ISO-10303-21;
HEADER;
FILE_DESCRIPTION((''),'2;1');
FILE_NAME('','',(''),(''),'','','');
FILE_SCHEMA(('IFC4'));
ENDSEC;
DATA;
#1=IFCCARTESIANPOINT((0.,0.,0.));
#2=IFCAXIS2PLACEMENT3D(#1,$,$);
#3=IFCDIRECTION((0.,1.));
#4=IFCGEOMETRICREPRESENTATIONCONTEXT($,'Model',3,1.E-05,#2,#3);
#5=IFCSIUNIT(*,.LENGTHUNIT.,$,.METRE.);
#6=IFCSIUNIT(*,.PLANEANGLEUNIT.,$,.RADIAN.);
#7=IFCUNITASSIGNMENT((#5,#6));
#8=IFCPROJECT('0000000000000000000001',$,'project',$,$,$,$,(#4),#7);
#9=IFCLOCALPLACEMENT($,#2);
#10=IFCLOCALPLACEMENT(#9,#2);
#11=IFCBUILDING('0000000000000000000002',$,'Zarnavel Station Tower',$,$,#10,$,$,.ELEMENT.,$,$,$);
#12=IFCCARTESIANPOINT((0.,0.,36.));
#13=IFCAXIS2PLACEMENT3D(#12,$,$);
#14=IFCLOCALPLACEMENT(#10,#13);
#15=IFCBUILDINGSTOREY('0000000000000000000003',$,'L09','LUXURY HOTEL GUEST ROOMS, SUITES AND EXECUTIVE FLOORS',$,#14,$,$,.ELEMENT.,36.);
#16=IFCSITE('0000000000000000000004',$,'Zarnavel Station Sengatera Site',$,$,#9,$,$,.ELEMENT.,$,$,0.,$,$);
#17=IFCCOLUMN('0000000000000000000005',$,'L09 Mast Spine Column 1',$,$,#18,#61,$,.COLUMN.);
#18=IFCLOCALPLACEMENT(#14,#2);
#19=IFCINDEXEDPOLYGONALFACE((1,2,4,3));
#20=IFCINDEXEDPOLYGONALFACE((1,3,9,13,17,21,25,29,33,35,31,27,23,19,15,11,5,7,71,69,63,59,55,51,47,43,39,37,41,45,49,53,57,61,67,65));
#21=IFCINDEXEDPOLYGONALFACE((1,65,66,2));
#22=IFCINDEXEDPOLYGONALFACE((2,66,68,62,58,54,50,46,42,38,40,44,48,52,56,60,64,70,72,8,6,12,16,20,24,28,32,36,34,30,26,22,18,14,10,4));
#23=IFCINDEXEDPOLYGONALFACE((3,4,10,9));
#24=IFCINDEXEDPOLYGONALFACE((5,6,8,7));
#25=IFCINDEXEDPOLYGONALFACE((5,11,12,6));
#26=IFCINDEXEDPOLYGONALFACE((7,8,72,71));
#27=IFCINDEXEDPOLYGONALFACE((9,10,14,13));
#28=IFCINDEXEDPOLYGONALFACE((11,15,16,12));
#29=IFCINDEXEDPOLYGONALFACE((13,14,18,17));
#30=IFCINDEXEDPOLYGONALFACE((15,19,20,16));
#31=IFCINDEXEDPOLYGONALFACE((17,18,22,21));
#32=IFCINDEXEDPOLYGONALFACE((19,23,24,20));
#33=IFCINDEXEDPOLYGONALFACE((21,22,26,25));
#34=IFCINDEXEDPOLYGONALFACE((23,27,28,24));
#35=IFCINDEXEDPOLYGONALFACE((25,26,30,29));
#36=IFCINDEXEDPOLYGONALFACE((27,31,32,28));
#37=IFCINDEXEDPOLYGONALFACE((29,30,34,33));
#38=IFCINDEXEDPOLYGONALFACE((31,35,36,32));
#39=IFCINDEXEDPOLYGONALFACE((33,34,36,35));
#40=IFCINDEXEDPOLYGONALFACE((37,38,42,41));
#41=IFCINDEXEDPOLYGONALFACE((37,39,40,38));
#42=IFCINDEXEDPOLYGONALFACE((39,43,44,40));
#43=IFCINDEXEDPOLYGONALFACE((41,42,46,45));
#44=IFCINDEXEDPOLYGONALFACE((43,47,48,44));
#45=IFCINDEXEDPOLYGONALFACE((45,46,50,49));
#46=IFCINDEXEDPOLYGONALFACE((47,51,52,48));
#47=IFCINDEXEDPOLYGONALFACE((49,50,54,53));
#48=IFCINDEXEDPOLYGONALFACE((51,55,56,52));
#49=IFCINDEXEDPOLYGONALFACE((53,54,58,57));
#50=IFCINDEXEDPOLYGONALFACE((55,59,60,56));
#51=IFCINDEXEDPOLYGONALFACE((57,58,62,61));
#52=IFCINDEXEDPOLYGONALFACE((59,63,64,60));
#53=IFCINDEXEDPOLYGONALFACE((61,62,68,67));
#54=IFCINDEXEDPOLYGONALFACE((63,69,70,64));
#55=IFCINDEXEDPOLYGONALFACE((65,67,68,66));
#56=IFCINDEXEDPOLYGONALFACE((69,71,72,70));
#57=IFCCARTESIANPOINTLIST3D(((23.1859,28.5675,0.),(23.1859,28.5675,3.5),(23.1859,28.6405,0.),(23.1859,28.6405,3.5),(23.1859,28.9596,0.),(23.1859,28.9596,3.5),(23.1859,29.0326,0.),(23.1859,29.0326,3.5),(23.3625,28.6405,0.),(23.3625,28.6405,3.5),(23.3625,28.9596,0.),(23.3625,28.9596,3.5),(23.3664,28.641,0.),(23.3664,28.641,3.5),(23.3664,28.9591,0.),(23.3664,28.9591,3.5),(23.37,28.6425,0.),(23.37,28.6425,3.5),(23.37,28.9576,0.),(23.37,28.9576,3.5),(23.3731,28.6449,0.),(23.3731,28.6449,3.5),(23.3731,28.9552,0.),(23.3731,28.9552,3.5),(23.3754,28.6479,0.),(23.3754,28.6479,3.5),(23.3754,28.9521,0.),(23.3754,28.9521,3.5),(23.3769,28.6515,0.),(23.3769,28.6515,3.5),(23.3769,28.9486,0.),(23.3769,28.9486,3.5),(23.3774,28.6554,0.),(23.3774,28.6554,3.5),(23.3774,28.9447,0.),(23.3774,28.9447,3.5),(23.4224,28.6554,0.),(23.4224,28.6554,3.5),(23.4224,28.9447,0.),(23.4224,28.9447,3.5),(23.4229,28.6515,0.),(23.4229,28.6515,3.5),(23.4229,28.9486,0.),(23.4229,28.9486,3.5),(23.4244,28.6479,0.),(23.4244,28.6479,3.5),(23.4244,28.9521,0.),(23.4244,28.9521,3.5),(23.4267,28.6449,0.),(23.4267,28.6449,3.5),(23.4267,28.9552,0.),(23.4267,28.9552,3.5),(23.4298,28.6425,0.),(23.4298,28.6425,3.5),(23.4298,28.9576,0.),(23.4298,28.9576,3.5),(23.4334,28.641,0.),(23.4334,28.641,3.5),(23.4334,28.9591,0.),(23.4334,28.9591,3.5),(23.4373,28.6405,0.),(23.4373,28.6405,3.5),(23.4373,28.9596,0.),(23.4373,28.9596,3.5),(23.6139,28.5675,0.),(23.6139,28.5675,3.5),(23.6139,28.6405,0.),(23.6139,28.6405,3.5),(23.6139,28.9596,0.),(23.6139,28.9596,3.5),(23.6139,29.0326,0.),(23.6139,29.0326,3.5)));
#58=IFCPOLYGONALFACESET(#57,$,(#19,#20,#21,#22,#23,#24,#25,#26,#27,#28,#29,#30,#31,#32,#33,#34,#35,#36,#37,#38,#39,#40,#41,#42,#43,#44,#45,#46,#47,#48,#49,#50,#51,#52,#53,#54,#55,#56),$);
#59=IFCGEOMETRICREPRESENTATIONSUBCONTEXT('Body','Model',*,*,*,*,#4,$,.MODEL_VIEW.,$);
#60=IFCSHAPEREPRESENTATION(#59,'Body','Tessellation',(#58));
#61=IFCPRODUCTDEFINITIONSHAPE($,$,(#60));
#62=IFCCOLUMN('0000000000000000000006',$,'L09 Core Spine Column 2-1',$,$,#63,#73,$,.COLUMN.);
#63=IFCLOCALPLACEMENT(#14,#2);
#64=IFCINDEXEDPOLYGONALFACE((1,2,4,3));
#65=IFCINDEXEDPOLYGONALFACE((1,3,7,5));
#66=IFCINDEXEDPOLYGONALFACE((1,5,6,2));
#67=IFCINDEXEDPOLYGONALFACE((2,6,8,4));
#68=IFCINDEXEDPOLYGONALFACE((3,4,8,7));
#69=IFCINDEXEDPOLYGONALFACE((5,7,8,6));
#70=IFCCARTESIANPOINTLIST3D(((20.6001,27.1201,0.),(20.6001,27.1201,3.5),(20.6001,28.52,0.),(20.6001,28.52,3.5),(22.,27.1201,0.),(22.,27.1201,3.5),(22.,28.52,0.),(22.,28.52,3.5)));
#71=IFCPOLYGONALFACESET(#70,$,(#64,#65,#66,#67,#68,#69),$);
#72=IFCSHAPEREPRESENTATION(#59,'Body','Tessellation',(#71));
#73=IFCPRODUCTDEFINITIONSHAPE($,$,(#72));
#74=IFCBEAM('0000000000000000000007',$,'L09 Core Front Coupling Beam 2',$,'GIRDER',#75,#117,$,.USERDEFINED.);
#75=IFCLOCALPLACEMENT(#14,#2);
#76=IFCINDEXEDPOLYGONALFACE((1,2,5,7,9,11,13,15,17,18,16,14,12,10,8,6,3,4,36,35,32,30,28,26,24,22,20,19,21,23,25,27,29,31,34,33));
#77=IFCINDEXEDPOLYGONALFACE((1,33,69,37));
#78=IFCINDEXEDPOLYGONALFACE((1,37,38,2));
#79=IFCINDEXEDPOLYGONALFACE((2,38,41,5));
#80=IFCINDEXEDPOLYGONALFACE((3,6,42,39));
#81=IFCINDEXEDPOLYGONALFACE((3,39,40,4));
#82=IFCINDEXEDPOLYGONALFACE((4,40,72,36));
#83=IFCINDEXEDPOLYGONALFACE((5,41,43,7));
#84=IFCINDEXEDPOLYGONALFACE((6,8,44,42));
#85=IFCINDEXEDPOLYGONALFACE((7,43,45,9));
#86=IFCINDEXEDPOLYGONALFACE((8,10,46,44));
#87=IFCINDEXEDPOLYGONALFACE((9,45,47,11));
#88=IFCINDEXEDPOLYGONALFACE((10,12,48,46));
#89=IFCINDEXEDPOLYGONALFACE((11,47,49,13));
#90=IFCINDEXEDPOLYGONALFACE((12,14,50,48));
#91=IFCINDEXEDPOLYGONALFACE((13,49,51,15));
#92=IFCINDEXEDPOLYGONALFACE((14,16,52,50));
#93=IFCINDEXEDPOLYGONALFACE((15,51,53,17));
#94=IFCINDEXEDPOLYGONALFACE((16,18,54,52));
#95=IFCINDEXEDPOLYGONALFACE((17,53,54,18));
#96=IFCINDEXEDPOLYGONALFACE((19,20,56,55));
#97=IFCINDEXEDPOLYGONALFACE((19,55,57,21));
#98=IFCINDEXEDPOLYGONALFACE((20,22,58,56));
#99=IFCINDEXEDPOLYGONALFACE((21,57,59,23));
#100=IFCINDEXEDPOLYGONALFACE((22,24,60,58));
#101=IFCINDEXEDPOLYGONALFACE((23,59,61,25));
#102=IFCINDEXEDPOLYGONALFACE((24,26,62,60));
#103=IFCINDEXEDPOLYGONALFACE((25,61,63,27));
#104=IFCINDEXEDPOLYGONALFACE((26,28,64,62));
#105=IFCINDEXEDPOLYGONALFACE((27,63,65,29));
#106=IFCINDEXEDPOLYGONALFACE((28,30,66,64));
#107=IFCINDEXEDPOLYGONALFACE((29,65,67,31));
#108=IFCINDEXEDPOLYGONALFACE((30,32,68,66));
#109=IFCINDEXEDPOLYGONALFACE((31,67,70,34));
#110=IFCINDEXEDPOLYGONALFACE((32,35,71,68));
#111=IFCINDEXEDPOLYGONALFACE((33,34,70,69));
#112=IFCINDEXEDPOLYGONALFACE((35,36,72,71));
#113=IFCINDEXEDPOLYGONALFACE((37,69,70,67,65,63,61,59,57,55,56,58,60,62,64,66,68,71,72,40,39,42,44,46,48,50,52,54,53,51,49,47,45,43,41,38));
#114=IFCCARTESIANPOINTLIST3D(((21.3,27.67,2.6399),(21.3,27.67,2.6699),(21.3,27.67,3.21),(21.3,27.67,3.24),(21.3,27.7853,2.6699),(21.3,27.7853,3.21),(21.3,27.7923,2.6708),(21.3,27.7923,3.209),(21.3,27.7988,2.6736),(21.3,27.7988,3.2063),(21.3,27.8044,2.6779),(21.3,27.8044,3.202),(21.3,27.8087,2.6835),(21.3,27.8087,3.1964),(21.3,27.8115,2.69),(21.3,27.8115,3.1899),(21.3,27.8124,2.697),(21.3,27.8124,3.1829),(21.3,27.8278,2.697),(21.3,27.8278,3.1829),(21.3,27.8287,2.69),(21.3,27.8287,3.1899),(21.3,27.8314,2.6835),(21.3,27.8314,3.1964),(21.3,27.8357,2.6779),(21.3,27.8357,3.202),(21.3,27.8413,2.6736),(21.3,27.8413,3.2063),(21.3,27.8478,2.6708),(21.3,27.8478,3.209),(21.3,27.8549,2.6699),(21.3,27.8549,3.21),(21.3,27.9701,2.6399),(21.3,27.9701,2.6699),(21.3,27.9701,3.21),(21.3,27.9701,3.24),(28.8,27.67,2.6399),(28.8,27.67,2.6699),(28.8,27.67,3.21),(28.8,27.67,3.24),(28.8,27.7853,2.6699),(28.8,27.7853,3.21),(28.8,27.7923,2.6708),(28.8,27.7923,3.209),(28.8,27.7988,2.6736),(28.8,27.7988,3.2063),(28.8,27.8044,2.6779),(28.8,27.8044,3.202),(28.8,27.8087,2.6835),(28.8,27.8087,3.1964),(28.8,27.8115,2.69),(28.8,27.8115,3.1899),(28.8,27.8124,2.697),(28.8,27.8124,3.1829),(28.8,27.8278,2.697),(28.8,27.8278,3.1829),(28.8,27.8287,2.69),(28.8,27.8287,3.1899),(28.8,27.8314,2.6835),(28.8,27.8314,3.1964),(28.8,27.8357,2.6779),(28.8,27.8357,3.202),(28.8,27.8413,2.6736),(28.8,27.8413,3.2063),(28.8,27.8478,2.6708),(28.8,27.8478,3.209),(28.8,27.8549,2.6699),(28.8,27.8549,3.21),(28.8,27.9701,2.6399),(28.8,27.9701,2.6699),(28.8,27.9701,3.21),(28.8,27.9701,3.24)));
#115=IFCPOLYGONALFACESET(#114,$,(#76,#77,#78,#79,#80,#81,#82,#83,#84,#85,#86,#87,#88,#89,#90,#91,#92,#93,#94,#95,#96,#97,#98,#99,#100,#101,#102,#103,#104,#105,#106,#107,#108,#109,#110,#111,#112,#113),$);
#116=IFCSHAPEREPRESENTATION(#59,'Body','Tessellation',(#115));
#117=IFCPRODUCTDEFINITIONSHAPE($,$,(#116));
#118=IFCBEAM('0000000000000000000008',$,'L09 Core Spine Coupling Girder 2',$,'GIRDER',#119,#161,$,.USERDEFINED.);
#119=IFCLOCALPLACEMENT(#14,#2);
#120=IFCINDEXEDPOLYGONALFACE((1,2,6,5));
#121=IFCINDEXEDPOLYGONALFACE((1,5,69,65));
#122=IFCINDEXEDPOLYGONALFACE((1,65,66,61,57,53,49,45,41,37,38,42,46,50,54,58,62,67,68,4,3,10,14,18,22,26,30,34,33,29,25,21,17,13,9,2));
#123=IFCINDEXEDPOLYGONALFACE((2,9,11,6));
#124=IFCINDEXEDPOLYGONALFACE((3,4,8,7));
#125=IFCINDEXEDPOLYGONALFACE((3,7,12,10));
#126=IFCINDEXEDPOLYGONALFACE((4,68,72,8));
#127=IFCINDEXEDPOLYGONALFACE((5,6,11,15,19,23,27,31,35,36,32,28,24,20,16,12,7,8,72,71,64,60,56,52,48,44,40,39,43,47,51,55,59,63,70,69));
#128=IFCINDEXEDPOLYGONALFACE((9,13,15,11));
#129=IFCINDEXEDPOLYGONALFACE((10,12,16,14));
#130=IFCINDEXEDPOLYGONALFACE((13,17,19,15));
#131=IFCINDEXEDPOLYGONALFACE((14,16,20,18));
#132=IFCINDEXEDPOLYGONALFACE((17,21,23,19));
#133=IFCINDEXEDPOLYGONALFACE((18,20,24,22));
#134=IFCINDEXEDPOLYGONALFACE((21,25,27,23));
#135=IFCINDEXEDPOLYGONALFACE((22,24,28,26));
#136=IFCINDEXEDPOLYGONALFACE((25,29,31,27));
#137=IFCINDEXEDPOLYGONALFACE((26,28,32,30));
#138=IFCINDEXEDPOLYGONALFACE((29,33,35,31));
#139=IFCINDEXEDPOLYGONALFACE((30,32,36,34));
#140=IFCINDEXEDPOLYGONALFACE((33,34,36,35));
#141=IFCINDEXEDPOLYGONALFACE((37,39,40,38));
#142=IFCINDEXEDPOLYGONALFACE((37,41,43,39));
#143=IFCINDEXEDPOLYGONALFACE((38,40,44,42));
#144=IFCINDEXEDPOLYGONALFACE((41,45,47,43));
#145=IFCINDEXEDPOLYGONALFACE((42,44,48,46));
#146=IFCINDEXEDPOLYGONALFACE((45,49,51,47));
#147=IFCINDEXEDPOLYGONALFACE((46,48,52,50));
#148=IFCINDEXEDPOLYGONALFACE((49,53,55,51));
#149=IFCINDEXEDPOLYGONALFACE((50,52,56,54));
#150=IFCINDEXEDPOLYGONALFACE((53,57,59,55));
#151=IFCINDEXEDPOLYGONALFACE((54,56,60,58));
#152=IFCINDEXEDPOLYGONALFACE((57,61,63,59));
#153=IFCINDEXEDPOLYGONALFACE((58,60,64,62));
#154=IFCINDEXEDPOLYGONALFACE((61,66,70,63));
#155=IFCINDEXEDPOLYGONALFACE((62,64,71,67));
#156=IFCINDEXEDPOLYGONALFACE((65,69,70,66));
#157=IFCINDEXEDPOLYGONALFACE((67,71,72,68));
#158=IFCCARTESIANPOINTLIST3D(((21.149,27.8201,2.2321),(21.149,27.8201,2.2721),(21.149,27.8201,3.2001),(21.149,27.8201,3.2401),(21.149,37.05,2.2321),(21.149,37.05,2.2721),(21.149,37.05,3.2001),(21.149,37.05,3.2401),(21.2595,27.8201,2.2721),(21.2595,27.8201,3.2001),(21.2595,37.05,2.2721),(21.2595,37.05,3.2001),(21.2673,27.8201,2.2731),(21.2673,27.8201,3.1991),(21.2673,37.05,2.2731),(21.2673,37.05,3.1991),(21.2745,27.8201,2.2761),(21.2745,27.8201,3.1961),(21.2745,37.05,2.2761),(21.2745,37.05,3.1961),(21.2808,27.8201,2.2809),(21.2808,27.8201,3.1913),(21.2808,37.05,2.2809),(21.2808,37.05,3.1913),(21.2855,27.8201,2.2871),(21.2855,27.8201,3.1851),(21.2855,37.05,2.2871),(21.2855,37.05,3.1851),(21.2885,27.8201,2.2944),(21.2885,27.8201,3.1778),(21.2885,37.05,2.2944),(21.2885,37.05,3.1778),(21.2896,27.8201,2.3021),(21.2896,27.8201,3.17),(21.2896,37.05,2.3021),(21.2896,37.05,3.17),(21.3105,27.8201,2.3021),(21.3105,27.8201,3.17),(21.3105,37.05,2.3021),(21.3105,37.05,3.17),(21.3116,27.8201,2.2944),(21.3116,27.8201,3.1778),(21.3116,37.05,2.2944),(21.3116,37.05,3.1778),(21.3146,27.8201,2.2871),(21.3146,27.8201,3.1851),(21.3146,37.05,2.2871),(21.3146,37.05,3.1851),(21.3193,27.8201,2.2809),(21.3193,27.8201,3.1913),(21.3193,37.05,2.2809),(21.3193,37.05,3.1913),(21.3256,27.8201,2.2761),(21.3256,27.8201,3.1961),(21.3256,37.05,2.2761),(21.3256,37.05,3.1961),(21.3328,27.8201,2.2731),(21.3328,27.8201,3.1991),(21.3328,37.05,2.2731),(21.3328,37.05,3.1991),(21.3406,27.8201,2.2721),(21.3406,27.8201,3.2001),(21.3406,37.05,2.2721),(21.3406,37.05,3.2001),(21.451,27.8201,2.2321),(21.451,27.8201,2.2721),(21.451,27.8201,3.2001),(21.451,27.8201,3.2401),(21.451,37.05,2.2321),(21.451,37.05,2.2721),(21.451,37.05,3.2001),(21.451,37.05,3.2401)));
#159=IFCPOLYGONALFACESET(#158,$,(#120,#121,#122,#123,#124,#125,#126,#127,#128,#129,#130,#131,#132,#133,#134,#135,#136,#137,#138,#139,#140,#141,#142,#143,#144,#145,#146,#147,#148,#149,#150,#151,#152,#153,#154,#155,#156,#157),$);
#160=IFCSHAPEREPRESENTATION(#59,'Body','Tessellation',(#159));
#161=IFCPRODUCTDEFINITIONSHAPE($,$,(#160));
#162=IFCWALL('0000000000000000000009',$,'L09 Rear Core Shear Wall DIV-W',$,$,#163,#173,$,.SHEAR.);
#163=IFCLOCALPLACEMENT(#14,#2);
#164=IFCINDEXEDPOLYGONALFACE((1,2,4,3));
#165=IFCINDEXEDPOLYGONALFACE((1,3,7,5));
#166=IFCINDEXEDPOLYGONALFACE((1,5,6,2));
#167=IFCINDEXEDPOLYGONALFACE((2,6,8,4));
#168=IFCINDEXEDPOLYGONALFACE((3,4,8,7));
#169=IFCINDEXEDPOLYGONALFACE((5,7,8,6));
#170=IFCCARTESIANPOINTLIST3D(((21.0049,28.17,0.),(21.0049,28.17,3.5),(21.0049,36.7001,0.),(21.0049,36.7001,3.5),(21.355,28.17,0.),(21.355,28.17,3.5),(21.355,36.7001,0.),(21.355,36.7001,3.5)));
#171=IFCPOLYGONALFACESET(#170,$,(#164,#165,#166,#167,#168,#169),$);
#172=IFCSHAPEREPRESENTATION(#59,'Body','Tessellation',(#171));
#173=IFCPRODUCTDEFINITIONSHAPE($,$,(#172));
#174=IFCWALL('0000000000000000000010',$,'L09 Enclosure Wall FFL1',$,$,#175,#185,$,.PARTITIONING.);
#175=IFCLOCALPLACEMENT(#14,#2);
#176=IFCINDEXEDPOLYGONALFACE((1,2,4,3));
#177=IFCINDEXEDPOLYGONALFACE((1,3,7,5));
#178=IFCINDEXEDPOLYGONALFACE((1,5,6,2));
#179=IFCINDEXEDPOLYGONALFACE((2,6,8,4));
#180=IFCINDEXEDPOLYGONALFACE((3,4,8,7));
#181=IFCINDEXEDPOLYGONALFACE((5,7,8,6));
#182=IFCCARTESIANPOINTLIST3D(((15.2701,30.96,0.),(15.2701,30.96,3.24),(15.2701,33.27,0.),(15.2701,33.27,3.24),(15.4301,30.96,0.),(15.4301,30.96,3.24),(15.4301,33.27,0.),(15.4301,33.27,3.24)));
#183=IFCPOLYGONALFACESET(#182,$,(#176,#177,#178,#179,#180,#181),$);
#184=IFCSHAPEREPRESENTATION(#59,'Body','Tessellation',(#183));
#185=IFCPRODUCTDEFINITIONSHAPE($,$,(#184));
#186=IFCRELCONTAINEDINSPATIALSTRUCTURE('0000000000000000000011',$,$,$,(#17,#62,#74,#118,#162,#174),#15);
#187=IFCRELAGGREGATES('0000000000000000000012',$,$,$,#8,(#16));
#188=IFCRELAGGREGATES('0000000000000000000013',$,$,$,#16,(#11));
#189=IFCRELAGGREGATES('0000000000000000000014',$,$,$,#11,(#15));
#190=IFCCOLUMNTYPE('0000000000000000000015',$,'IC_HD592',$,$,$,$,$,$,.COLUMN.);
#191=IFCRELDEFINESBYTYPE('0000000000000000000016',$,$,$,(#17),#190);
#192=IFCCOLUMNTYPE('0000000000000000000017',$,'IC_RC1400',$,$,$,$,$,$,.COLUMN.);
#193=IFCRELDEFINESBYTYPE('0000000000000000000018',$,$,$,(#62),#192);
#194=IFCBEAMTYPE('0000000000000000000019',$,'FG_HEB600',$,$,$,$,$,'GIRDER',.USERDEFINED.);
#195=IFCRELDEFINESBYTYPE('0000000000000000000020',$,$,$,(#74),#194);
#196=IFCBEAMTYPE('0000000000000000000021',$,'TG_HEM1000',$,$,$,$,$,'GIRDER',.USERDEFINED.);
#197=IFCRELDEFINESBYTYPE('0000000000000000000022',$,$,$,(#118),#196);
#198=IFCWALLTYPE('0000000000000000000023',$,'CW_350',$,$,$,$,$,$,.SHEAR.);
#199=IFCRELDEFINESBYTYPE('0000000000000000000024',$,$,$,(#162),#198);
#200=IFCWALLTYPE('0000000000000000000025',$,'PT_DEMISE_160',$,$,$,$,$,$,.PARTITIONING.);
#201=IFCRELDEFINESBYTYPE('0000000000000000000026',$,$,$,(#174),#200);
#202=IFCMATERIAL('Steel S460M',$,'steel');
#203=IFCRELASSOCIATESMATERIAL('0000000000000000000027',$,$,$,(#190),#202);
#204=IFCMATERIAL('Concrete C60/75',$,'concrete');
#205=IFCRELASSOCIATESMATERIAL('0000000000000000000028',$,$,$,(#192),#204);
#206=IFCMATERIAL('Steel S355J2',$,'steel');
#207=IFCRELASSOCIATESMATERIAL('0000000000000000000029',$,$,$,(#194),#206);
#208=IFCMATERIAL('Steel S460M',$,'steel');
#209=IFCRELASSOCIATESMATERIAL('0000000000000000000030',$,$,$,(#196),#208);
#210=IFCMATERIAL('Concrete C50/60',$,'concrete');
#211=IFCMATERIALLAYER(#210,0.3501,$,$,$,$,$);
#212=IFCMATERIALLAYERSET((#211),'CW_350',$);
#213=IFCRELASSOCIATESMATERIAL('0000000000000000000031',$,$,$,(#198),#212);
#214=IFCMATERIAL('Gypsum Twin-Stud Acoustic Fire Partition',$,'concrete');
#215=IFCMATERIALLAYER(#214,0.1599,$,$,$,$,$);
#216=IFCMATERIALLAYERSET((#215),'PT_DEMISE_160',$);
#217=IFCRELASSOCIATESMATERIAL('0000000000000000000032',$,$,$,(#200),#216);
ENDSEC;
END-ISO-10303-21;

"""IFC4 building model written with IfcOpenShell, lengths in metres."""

from ifc_helpers import new_model, si_unit, direction, frame, frame_2d, origin, origin_2d, place, context, subcontext, project, spatial, rectangle, i_section, extrude, material, layer, layer_set, material_profile, profile_set, type_object, element, save


model = new_model("IFC4")

# Units and contexts
model_context = context("Model", 3, precision=1e-05, world=origin(), true_north=direction((0.0, 1.0)))
body_context = subcontext(model_context, "Body", "Model", "MODEL_VIEW")
ifc_project = project(units=[si_unit("LENGTHUNIT", "METRE"), si_unit("PLANEANGLEUNIT", "RADIAN")], contexts=[model_context])

# Site, building, storey
site_placement = place(None, origin())
site = spatial("IfcSite", under=ifc_project, at=site_placement, Name="Zarnavel Station Sengatera Site", CompositionType="ELEMENT", RefElevation=0.0)
building_placement = place(site_placement, origin())
building = spatial("IfcBuilding", under=site, at=building_placement, Name="Zarnavel Station Tower", CompositionType="ELEMENT")
storey_placement = place(building_placement, frame((0.0, 0.0, 36.0)))
storey = spatial("IfcBuildingStorey", under=building, at=storey_placement, Name="L09", Description="LUXURY HOTEL GUEST ROOMS, SUITES AND EXECUTIVE FLOORS", CompositionType="ELEMENT", Elevation=36.0)

# Columns
ifc_material_1 = material(Name="Steel S460M", Category="steel")
ifc_material_profile_1 = material_profile(ifc_material_1, i_section(OverallWidth=0.428, OverallDepth=0.4651, WebThickness=0.0449, FlangeThickness=0.073, FilletRadius=0.0149, at=origin_2d()), Name="HD400x592")
ifc_profile_set_1 = profile_set([ifc_material_profile_1], Name="Steel S460M")
column_type_1 = type_object("IfcColumnType", Name="IC_HD592", PredefinedType="COLUMN", material=ifc_profile_set_1)
column_1_placement = place(storey_placement, frame((23.3999, 28.8, 0.0), z_axis=(0.0, 0.0, 1.0), x_axis=(1.0, 0.0, 0.0)))
element("IfcColumn", 1, at=column_1_placement, inside=storey, type_object=column_type_1, Name="L09 Mast Spine Column 1", PredefinedType="COLUMN", context=body_context, shape_type="SweptSolid", body=[
    extrude(i_section(OverallWidth=0.428, OverallDepth=0.4651, WebThickness=0.0449, FlangeThickness=0.073, FilletRadius=0.0149, at=origin_2d()), origin(), (0.0, 0.0, 1.0), 3.5),
])
ifc_material_2 = material(Name="Concrete C60/75", Category="concrete")
ifc_material_profile_2 = material_profile(ifc_material_2, rectangle(XDim=1.3999, YDim=1.3999, at=origin_2d()), Name="RC1400x1400")
ifc_profile_set_2 = profile_set([ifc_material_profile_2], Name="Concrete C60/75")
column_type_2 = type_object("IfcColumnType", Name="IC_RC1400", PredefinedType="COLUMN", material=ifc_profile_set_2)
column_2_placement = place(storey_placement, frame((21.3, 27.8201, 0.0), z_axis=(0.0, 0.0, 1.0), x_axis=(1.0, 0.0, 0.0)))
element("IfcColumn", 2, at=column_2_placement, inside=storey, type_object=column_type_2, Name="L09 Core Spine Column 2-1", PredefinedType="COLUMN", context=body_context, shape_type="SweptSolid", body=[
    extrude(rectangle(XDim=1.3999, YDim=1.3999, at=origin_2d()), origin(), (0.0, 0.0, 1.0), 3.5),
])

# Beams
ifc_material_3 = material(Name="Steel S355J2", Category="steel")
ifc_material_profile_3 = material_profile(ifc_material_3, i_section(OverallWidth=0.3, OverallDepth=0.6001, WebThickness=0.0154, FlangeThickness=0.03, FilletRadius=0.0271, at=origin_2d()), Name="HEB600")
ifc_profile_set_3 = profile_set([ifc_material_profile_3], Name="Steel S355J2")
beam_type_1 = type_object("IfcBeamType", Name="FG_HEB600", ElementType="GIRDER", PredefinedType="USERDEFINED", material=ifc_profile_set_3)
beam_1_placement = place(storey_placement, frame((21.3, 27.8201, 2.9399), z_axis=(1.0, 0.0, 0.0), x_axis=(0.0, 1.0, 0.0)))
element("IfcBeam", 3, at=beam_1_placement, inside=storey, type_object=beam_type_1, Name="L09 Core Front Coupling Beam 2", ObjectType="GIRDER", PredefinedType="USERDEFINED", context=body_context, shape_type="SweptSolid", body=[
    extrude(i_section(OverallWidth=0.3, OverallDepth=0.6001, WebThickness=0.0154, FlangeThickness=0.03, FilletRadius=0.0271, at=origin_2d()), origin(), (0.0, 0.0, 1.0), 7.5),
])
ifc_material_4 = material(Name="Steel S460M", Category="steel")
ifc_material_profile_4 = material_profile(ifc_material_4, i_section(OverallWidth=0.302, OverallDepth=1.0081, WebThickness=0.021, FlangeThickness=0.04, FilletRadius=0.03, at=origin_2d()), Name="HEM1000")
ifc_profile_set_4 = profile_set([ifc_material_profile_4], Name="Steel S460M")
beam_type_2 = type_object("IfcBeamType", Name="TG_HEM1000", ElementType="GIRDER", PredefinedType="USERDEFINED", material=ifc_profile_set_4)
beam_2_placement = place(storey_placement, frame((21.3, 27.8201, 2.7361), z_axis=(0.0, 1.0, 0.0), x_axis=(-1.0, 0.0, 0.0)))
element("IfcBeam", 4, at=beam_2_placement, inside=storey, type_object=beam_type_2, Name="L09 Core Spine Coupling Girder 2", ObjectType="GIRDER", PredefinedType="USERDEFINED", context=body_context, shape_type="SweptSolid", body=[
    extrude(i_section(OverallWidth=0.302, OverallDepth=1.0081, WebThickness=0.021, FlangeThickness=0.04, FilletRadius=0.03, at=origin_2d()), origin(), (0.0, 0.0, 1.0), 9.23),
])

# Wall
ifc_material_5 = material(Name="Concrete C50/60", Category="concrete")
ifc_layer_1 = layer(ifc_material_5, 0.3501)
ifc_layer_set_1 = layer_set([ifc_layer_1], Name="CW_350")
wall_type_1 = type_object("IfcWallType", Name="CW_350", PredefinedType="SHEAR", material=ifc_layer_set_1)
wall_1_placement = place(storey_placement, frame((21.1799, 28.1699, 0.0), z_axis=(0.0, 0.0, 1.0), x_axis=(0.0, 1.0, 0.0)))
element("IfcWall", 5, at=wall_1_placement, inside=storey, type_object=wall_type_1, Name="L09 Rear Core Shear Wall DIV-W", PredefinedType="SHEAR", context=body_context, shape_type="SweptSolid", body=[
    extrude(rectangle(XDim=8.53, YDim=0.3501, at=frame_2d((4.2651, 0.0))), origin(), (0.0, 0.0, 1.0), 3.5),
])

# Shared definitions
ifc_material_6 = material(Name="Gypsum Twin-Stud Acoustic Fire Partition", Category="concrete")
ifc_layer_2 = layer(ifc_material_6, 0.1599)
ifc_layer_set_2 = layer_set([ifc_layer_2], Name="PT_DEMISE_160")
wall_type_2 = type_object("IfcWallType", Name="PT_DEMISE_160", PredefinedType="PARTITIONING", material=ifc_layer_set_2)

# Wall
wall_2_placement = place(storey_placement, frame((15.3501, 30.96, 0.0), z_axis=(0.0, 0.0, 1.0), x_axis=(0.0, 1.0, 0.0)))
element("IfcWall", 6, at=wall_2_placement, inside=storey, type_object=wall_type_2, Name="L09 Enclosure Wall FFL1", PredefinedType="PARTITIONING", context=body_context, shape_type="SweptSolid", body=[
    extrude(rectangle(XDim=2.3101, YDim=0.1599, at=frame_2d((1.155, 0.0))), origin(), (0.0, 0.0, 1.0), 3.24),
])

save(model, "model.ifc")
